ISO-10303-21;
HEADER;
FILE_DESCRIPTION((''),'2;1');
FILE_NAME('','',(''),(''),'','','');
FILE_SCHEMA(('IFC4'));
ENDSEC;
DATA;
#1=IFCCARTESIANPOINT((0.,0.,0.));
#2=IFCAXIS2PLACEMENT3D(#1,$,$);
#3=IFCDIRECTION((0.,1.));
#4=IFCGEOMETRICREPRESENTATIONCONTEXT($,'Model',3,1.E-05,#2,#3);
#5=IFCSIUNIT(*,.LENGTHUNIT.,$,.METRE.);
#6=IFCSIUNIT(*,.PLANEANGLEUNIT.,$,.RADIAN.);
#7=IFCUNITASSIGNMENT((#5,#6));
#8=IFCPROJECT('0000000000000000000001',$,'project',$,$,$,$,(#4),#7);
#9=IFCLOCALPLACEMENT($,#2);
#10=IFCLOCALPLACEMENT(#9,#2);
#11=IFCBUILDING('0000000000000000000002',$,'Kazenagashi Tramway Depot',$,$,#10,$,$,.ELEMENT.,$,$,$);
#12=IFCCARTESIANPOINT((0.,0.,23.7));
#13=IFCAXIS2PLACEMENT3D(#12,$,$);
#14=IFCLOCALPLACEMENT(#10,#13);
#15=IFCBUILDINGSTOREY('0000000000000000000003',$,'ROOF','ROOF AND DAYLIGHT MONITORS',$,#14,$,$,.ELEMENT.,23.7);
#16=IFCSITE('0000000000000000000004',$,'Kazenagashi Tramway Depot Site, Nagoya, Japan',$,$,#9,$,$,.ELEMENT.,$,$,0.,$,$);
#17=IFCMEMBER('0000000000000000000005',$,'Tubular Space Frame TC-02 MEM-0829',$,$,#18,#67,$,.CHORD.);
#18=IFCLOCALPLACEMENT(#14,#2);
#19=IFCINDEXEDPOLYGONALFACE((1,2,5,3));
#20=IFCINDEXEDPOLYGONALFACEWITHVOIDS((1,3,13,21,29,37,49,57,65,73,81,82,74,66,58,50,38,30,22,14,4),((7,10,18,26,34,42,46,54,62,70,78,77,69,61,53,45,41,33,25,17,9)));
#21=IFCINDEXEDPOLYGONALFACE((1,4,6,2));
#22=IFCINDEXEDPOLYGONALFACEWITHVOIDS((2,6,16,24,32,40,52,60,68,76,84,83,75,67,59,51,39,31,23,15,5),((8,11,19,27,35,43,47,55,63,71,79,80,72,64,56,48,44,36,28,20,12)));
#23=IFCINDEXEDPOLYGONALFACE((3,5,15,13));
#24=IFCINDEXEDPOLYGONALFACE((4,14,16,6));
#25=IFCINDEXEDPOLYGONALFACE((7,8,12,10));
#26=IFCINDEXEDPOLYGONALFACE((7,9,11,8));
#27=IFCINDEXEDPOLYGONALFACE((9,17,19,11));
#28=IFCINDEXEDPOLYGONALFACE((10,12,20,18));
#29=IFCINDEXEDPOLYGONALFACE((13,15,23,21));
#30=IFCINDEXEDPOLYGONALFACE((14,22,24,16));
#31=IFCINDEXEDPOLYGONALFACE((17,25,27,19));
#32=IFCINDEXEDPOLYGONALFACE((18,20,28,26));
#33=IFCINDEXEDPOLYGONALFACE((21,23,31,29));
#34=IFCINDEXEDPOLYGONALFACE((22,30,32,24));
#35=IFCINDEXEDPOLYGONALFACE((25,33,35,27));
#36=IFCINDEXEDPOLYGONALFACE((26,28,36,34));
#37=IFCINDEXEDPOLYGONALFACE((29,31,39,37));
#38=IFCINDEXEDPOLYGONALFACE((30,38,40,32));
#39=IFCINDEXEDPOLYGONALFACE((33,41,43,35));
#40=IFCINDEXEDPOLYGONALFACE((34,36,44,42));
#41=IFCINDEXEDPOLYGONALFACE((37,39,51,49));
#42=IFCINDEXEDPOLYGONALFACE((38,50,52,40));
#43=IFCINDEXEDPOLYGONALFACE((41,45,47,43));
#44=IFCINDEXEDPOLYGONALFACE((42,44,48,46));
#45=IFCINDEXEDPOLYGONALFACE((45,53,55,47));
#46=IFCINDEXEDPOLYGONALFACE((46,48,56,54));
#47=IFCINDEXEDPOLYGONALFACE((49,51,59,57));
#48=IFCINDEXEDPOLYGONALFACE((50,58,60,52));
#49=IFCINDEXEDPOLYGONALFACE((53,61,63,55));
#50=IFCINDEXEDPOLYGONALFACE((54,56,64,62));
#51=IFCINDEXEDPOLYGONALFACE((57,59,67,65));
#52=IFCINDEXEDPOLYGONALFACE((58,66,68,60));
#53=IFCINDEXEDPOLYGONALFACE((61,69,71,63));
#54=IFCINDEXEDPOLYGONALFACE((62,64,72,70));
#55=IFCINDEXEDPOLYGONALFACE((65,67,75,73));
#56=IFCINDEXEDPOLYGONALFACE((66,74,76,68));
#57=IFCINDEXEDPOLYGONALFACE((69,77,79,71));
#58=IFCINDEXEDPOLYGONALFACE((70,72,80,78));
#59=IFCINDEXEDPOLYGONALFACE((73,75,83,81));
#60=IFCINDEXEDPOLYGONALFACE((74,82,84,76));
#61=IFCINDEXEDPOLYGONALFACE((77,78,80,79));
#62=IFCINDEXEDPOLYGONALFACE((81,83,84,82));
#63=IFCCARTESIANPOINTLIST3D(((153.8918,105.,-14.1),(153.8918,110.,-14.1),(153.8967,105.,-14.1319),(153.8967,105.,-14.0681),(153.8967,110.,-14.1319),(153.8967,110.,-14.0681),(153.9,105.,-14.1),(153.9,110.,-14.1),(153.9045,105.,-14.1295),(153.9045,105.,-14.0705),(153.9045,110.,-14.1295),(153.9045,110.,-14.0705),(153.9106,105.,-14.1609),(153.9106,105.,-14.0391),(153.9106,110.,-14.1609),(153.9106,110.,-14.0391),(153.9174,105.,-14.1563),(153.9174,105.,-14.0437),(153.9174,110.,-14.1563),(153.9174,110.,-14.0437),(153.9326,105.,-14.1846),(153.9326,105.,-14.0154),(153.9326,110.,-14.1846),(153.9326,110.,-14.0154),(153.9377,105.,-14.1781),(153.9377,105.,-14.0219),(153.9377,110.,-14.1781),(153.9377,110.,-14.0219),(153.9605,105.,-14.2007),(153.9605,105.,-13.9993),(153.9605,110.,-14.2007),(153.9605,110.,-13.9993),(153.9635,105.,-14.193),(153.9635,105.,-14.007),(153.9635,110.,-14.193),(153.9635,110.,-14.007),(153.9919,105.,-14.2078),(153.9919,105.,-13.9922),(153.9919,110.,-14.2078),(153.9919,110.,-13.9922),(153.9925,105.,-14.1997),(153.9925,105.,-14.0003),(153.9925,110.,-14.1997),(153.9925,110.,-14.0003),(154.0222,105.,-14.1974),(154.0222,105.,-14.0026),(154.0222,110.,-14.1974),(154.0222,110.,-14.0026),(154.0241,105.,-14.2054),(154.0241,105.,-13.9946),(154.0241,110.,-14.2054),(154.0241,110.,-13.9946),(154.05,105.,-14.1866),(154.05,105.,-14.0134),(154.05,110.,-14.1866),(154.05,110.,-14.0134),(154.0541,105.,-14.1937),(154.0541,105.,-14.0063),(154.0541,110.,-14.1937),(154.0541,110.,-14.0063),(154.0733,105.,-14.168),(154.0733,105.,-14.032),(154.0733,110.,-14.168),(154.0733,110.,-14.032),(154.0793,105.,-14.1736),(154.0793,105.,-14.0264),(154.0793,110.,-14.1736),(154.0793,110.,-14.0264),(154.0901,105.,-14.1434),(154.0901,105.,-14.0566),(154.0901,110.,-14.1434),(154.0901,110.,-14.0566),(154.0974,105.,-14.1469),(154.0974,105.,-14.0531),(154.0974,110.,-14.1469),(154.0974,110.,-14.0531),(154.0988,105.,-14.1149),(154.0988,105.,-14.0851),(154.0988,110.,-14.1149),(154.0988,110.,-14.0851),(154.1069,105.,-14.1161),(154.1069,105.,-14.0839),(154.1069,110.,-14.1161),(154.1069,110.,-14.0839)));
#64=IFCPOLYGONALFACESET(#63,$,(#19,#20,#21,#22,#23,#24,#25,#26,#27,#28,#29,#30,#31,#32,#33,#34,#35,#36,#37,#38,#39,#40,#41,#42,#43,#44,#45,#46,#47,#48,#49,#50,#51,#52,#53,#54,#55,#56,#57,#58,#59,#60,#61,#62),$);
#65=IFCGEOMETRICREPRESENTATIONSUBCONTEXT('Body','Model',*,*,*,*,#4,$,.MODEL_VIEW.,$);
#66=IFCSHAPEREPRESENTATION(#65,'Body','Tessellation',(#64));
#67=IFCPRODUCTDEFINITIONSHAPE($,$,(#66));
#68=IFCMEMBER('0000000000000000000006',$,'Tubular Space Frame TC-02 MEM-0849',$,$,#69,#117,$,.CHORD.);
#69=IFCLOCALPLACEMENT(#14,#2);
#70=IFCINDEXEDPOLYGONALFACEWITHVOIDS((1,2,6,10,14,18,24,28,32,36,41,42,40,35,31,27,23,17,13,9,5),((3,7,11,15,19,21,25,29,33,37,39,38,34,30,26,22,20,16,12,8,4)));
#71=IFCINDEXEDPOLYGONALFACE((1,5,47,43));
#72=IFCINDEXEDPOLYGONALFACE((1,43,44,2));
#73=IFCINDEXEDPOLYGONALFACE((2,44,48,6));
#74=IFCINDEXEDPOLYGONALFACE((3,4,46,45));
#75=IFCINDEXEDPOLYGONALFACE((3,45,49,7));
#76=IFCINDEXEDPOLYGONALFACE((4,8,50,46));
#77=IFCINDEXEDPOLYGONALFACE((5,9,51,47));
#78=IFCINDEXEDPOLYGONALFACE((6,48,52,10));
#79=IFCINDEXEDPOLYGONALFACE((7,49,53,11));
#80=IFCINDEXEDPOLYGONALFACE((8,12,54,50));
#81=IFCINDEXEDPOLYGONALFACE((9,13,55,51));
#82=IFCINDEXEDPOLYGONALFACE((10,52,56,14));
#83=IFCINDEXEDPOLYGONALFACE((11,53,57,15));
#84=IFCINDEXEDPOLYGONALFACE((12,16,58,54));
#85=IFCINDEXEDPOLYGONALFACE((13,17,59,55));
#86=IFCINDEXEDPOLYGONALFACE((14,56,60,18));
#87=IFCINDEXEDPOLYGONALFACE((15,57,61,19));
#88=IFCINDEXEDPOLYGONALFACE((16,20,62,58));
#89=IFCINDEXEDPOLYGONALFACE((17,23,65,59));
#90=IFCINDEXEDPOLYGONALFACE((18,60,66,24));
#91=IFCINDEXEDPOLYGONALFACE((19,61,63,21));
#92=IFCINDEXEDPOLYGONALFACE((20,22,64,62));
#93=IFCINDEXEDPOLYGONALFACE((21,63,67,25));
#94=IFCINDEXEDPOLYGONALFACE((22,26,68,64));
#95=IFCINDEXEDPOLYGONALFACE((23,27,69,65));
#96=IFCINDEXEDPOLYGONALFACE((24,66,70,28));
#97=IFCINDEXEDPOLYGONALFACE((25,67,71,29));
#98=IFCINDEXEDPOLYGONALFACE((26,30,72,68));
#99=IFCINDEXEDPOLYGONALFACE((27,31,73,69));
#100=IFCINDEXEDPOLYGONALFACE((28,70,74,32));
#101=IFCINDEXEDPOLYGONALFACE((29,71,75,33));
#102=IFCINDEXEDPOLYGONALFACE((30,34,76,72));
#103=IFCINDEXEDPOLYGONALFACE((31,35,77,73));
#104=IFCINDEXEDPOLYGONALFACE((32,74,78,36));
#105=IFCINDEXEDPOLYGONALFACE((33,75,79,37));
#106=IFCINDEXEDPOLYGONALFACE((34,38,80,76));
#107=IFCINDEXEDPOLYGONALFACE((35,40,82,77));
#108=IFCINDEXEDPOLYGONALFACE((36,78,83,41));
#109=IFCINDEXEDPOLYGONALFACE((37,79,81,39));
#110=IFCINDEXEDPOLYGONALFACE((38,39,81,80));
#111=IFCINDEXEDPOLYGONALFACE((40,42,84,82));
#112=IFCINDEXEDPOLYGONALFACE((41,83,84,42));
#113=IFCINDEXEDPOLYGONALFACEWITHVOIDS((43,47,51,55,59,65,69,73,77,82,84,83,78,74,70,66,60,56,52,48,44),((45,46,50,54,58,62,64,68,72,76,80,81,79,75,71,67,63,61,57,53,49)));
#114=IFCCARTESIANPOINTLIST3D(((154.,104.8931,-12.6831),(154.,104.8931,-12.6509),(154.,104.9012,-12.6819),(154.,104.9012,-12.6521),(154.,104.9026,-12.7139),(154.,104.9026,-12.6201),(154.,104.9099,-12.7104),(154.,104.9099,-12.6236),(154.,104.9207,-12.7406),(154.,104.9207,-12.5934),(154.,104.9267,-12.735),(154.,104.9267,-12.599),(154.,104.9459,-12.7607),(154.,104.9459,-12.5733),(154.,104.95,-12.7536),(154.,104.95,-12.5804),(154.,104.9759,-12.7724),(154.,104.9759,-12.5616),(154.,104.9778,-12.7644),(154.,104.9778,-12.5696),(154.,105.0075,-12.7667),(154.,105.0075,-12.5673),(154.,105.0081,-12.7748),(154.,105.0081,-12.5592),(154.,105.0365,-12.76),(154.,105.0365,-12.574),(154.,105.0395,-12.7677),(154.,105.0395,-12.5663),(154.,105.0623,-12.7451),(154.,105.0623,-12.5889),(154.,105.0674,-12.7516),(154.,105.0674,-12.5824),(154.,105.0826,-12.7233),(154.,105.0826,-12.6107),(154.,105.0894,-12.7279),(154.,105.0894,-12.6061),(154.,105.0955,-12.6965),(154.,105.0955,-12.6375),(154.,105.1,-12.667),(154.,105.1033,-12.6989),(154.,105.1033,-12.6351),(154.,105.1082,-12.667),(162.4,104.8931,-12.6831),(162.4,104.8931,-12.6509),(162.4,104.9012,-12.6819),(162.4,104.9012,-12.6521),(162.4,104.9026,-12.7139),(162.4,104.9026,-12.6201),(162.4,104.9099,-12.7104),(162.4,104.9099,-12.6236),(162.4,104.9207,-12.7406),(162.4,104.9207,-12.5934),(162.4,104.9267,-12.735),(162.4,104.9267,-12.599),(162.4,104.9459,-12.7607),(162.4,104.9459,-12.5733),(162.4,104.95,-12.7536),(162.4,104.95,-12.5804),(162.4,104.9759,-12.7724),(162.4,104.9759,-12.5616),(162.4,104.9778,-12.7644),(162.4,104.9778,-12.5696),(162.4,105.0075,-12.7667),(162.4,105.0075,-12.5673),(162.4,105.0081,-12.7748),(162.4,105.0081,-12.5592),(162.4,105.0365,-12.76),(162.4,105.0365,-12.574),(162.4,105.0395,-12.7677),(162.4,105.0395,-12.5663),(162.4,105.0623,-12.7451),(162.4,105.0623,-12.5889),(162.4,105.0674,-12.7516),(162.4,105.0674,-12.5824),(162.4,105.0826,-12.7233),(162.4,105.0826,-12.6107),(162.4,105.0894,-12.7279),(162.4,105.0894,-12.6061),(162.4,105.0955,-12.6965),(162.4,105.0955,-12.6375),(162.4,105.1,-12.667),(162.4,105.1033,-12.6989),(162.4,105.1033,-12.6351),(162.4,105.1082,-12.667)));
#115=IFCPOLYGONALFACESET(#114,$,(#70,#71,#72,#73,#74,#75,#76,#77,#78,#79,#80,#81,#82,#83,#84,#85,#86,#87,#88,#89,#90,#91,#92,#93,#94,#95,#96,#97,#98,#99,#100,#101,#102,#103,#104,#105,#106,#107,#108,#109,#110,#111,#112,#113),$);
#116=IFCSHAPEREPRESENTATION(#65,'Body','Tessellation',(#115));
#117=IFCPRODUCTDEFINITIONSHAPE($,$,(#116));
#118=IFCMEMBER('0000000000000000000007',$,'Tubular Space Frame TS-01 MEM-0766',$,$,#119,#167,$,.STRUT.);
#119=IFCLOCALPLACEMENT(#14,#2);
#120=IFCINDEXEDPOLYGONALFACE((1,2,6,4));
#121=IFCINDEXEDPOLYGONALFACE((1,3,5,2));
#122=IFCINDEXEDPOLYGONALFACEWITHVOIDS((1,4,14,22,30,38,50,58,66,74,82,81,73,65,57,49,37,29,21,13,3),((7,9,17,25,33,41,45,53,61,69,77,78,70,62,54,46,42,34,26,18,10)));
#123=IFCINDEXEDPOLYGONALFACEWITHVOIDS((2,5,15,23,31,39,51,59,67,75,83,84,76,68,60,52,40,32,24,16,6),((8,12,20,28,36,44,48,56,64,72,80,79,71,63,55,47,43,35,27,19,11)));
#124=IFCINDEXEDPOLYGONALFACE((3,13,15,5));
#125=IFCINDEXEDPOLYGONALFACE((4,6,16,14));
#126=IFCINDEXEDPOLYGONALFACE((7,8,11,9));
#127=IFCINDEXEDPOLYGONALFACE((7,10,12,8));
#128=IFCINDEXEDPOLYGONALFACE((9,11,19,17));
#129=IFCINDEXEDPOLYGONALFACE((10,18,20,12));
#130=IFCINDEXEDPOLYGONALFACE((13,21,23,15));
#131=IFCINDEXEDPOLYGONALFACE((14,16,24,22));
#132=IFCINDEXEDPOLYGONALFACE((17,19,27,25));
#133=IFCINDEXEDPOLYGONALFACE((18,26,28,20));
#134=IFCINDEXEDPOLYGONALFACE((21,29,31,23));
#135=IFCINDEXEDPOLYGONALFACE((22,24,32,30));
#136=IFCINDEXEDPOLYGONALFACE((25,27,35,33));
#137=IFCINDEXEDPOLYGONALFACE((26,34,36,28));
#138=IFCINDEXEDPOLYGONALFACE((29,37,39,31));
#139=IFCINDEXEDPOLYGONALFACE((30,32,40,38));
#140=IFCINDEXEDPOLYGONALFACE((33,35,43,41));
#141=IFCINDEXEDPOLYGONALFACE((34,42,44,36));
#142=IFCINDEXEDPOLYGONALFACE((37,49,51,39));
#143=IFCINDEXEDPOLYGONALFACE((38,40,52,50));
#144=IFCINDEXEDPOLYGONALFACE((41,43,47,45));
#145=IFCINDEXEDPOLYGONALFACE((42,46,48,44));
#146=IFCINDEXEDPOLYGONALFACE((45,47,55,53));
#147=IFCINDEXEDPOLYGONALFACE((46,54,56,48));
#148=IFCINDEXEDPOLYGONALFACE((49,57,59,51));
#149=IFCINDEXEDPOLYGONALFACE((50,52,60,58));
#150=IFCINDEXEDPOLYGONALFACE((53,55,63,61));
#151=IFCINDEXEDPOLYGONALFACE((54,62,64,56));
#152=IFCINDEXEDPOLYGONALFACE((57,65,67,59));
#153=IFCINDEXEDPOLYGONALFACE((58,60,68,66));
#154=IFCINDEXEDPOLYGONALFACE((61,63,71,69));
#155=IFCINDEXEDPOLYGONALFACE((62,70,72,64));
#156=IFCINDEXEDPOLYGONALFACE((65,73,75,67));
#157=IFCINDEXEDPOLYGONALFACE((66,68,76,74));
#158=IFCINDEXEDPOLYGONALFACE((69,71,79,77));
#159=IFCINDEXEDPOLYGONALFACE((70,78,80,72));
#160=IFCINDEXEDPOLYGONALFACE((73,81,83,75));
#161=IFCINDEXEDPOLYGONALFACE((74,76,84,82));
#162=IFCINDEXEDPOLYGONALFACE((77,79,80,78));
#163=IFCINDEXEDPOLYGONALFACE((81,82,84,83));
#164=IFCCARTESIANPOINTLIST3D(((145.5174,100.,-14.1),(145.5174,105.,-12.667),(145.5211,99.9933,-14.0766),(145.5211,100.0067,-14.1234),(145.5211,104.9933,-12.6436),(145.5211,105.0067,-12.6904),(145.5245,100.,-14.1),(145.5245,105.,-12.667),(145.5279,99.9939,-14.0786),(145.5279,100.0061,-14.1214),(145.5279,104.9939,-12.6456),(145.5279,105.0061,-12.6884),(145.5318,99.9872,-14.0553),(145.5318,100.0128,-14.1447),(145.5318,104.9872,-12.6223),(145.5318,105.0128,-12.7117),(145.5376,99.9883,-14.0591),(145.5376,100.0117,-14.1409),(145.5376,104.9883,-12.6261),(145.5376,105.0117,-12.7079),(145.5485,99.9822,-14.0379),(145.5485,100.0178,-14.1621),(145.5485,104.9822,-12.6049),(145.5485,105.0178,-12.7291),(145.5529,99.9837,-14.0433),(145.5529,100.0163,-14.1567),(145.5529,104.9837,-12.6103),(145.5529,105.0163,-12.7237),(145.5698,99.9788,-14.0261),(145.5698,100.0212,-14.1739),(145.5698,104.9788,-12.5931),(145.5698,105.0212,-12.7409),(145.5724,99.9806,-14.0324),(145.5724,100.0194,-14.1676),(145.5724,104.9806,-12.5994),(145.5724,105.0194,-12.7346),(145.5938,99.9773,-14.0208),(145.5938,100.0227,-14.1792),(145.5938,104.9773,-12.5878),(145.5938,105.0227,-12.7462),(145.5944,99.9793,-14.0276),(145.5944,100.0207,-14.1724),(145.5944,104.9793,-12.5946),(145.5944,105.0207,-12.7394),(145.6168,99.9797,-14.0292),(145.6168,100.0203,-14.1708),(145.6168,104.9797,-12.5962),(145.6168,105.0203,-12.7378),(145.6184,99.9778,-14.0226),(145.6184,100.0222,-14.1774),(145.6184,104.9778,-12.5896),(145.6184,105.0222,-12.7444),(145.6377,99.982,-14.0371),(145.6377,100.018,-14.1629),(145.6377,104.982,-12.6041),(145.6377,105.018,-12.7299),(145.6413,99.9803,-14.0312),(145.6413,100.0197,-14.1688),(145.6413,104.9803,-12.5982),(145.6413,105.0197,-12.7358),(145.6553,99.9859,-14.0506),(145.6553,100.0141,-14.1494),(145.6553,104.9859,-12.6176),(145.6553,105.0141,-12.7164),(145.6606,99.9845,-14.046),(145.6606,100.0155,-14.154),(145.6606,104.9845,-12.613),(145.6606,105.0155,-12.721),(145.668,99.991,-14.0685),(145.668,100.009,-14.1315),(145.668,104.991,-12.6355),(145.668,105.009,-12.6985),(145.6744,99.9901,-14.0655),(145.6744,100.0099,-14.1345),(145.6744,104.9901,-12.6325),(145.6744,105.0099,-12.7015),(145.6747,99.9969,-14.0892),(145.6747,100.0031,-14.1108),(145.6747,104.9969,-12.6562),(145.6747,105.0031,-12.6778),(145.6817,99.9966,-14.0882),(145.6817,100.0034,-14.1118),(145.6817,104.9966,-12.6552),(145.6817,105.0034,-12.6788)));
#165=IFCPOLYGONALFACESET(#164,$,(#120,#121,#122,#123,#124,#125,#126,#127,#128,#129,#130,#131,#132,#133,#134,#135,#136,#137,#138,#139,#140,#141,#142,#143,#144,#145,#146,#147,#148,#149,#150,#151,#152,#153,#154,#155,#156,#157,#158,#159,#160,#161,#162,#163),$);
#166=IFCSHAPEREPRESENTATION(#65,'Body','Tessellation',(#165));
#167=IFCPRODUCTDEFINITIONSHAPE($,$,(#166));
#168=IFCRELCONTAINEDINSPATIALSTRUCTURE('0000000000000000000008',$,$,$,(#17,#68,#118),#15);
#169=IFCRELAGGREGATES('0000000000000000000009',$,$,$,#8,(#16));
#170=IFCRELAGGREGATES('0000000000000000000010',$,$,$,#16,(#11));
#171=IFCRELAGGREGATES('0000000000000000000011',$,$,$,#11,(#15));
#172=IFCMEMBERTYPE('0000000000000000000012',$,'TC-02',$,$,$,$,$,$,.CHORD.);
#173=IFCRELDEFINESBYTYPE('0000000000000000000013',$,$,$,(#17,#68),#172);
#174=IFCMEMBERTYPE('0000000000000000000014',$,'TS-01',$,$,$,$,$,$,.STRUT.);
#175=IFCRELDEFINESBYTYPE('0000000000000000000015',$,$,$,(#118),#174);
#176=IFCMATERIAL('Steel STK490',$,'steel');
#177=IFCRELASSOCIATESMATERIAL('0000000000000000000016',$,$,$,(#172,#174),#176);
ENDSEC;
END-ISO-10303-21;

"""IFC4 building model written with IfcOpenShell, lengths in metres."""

from ifc_helpers import new_model, si_unit, direction, frame, origin, origin_2d, place, context, subcontext, project, spatial, hollow_circle, extrude, material, material_profile, profile_set, type_object, element, save


model = new_model("IFC4")

# Units and contexts
model_context = context("Model", 3, precision=1e-05, world=origin(), true_north=direction((0.0, 1.0)))
body_context = subcontext(model_context, "Body", "Model", "MODEL_VIEW")
ifc_project = project(units=[si_unit("LENGTHUNIT", "METRE"), si_unit("PLANEANGLEUNIT", "RADIAN")], contexts=[model_context])

# Site, building, storey
site_placement = place(None, origin())
site = spatial("IfcSite", under=ifc_project, at=site_placement, Name="Kazenagashi Tramway Depot Site, Nagoya, Japan", CompositionType="ELEMENT", RefElevation=0.0)
building_placement = place(site_placement, origin())
building = spatial("IfcBuilding", under=site, at=building_placement, Name="Kazenagashi Tramway Depot", CompositionType="ELEMENT")
storey_placement = place(building_placement, frame((0.0, 0.0, 23.7)))
storey = spatial("IfcBuildingStorey", under=building, at=storey_placement, Name="ROOF", Description="ROOF AND DAYLIGHT MONITORS", CompositionType="ELEMENT", Elevation=23.7)

# Members
ifc_material_1 = material(Name="Steel STK490", Category="steel")
ifc_material_profile_1 = material_profile(ifc_material_1, hollow_circle(Radius=0.1081, WallThickness=0.0082, at=origin_2d()), Name="CHS-216.3x8.2")
ifc_profile_set_1 = profile_set([ifc_material_profile_1], Name="Steel STK490")
member_type_1 = type_object("IfcMemberType", Name="TC-02", PredefinedType="CHORD", material=ifc_profile_set_1)
for number, where, z_axis, x_axis, name in (
    (1, (154.0, 105.0, -14.1), (0.0, 1.0, 0.0), (-1.0, 0.0, 0.0), "Tubular Space Frame TC-02 MEM-0829"),
):
    element("IfcMember", number, at=place(storey_placement, frame(where, z_axis=z_axis, x_axis=x_axis)), inside=storey, type_object=member_type_1, Name=name, PredefinedType="CHORD", context=body_context, shape_type="SweptSolid", body=[
        extrude(hollow_circle(Radius=0.1081, WallThickness=0.0082, at=origin_2d()), origin(), (0.0, 0.0, 1.0), 5.0),
    ])
member_1_placement = place(storey_placement, frame((154.0, 105.0, -12.667), z_axis=(1.0, 0.0, 0.0), x_axis=(0.0, 1.0, 0.0)))
element("IfcMember", 2, at=member_1_placement, inside=storey, type_object=member_type_1, Name="Tubular Space Frame TC-02 MEM-0849", PredefinedType="CHORD", context=body_context, shape_type="SweptSolid", body=[
    extrude(hollow_circle(Radius=0.1081, WallThickness=0.0082, at=origin_2d()), origin(), (0.0, 0.0, 1.0), 8.4),
])
ifc_material_profile_2 = material_profile(ifc_material_1, hollow_circle(Radius=0.0826, WallThickness=0.0071, at=origin_2d()), Name="CHS-165.2x7.1")
ifc_profile_set_2 = profile_set([ifc_material_profile_2], Name="Steel STK490")
member_type_2 = type_object("IfcMemberType", Name="TS-01", PredefinedType="STRUT", material=ifc_profile_set_2)
member_2_placement = place(storey_placement, frame((145.6, 100.0, -14.1), z_axis=(0.0, 0.961299, 0.275508), x_axis=(-1.0, 0.0, 0.0)))
element("IfcMember", 3, at=member_2_placement, inside=storey, type_object=member_type_2, Name="Tubular Space Frame TS-01 MEM-0766", PredefinedType="STRUT", context=body_context, shape_type="SweptSolid", body=[
    extrude(hollow_circle(Radius=0.0826, WallThickness=0.0071, at=origin_2d()), origin(), (0.0, 0.0, 1.0), 5.2013),
])

save(model, "model.ifc")
